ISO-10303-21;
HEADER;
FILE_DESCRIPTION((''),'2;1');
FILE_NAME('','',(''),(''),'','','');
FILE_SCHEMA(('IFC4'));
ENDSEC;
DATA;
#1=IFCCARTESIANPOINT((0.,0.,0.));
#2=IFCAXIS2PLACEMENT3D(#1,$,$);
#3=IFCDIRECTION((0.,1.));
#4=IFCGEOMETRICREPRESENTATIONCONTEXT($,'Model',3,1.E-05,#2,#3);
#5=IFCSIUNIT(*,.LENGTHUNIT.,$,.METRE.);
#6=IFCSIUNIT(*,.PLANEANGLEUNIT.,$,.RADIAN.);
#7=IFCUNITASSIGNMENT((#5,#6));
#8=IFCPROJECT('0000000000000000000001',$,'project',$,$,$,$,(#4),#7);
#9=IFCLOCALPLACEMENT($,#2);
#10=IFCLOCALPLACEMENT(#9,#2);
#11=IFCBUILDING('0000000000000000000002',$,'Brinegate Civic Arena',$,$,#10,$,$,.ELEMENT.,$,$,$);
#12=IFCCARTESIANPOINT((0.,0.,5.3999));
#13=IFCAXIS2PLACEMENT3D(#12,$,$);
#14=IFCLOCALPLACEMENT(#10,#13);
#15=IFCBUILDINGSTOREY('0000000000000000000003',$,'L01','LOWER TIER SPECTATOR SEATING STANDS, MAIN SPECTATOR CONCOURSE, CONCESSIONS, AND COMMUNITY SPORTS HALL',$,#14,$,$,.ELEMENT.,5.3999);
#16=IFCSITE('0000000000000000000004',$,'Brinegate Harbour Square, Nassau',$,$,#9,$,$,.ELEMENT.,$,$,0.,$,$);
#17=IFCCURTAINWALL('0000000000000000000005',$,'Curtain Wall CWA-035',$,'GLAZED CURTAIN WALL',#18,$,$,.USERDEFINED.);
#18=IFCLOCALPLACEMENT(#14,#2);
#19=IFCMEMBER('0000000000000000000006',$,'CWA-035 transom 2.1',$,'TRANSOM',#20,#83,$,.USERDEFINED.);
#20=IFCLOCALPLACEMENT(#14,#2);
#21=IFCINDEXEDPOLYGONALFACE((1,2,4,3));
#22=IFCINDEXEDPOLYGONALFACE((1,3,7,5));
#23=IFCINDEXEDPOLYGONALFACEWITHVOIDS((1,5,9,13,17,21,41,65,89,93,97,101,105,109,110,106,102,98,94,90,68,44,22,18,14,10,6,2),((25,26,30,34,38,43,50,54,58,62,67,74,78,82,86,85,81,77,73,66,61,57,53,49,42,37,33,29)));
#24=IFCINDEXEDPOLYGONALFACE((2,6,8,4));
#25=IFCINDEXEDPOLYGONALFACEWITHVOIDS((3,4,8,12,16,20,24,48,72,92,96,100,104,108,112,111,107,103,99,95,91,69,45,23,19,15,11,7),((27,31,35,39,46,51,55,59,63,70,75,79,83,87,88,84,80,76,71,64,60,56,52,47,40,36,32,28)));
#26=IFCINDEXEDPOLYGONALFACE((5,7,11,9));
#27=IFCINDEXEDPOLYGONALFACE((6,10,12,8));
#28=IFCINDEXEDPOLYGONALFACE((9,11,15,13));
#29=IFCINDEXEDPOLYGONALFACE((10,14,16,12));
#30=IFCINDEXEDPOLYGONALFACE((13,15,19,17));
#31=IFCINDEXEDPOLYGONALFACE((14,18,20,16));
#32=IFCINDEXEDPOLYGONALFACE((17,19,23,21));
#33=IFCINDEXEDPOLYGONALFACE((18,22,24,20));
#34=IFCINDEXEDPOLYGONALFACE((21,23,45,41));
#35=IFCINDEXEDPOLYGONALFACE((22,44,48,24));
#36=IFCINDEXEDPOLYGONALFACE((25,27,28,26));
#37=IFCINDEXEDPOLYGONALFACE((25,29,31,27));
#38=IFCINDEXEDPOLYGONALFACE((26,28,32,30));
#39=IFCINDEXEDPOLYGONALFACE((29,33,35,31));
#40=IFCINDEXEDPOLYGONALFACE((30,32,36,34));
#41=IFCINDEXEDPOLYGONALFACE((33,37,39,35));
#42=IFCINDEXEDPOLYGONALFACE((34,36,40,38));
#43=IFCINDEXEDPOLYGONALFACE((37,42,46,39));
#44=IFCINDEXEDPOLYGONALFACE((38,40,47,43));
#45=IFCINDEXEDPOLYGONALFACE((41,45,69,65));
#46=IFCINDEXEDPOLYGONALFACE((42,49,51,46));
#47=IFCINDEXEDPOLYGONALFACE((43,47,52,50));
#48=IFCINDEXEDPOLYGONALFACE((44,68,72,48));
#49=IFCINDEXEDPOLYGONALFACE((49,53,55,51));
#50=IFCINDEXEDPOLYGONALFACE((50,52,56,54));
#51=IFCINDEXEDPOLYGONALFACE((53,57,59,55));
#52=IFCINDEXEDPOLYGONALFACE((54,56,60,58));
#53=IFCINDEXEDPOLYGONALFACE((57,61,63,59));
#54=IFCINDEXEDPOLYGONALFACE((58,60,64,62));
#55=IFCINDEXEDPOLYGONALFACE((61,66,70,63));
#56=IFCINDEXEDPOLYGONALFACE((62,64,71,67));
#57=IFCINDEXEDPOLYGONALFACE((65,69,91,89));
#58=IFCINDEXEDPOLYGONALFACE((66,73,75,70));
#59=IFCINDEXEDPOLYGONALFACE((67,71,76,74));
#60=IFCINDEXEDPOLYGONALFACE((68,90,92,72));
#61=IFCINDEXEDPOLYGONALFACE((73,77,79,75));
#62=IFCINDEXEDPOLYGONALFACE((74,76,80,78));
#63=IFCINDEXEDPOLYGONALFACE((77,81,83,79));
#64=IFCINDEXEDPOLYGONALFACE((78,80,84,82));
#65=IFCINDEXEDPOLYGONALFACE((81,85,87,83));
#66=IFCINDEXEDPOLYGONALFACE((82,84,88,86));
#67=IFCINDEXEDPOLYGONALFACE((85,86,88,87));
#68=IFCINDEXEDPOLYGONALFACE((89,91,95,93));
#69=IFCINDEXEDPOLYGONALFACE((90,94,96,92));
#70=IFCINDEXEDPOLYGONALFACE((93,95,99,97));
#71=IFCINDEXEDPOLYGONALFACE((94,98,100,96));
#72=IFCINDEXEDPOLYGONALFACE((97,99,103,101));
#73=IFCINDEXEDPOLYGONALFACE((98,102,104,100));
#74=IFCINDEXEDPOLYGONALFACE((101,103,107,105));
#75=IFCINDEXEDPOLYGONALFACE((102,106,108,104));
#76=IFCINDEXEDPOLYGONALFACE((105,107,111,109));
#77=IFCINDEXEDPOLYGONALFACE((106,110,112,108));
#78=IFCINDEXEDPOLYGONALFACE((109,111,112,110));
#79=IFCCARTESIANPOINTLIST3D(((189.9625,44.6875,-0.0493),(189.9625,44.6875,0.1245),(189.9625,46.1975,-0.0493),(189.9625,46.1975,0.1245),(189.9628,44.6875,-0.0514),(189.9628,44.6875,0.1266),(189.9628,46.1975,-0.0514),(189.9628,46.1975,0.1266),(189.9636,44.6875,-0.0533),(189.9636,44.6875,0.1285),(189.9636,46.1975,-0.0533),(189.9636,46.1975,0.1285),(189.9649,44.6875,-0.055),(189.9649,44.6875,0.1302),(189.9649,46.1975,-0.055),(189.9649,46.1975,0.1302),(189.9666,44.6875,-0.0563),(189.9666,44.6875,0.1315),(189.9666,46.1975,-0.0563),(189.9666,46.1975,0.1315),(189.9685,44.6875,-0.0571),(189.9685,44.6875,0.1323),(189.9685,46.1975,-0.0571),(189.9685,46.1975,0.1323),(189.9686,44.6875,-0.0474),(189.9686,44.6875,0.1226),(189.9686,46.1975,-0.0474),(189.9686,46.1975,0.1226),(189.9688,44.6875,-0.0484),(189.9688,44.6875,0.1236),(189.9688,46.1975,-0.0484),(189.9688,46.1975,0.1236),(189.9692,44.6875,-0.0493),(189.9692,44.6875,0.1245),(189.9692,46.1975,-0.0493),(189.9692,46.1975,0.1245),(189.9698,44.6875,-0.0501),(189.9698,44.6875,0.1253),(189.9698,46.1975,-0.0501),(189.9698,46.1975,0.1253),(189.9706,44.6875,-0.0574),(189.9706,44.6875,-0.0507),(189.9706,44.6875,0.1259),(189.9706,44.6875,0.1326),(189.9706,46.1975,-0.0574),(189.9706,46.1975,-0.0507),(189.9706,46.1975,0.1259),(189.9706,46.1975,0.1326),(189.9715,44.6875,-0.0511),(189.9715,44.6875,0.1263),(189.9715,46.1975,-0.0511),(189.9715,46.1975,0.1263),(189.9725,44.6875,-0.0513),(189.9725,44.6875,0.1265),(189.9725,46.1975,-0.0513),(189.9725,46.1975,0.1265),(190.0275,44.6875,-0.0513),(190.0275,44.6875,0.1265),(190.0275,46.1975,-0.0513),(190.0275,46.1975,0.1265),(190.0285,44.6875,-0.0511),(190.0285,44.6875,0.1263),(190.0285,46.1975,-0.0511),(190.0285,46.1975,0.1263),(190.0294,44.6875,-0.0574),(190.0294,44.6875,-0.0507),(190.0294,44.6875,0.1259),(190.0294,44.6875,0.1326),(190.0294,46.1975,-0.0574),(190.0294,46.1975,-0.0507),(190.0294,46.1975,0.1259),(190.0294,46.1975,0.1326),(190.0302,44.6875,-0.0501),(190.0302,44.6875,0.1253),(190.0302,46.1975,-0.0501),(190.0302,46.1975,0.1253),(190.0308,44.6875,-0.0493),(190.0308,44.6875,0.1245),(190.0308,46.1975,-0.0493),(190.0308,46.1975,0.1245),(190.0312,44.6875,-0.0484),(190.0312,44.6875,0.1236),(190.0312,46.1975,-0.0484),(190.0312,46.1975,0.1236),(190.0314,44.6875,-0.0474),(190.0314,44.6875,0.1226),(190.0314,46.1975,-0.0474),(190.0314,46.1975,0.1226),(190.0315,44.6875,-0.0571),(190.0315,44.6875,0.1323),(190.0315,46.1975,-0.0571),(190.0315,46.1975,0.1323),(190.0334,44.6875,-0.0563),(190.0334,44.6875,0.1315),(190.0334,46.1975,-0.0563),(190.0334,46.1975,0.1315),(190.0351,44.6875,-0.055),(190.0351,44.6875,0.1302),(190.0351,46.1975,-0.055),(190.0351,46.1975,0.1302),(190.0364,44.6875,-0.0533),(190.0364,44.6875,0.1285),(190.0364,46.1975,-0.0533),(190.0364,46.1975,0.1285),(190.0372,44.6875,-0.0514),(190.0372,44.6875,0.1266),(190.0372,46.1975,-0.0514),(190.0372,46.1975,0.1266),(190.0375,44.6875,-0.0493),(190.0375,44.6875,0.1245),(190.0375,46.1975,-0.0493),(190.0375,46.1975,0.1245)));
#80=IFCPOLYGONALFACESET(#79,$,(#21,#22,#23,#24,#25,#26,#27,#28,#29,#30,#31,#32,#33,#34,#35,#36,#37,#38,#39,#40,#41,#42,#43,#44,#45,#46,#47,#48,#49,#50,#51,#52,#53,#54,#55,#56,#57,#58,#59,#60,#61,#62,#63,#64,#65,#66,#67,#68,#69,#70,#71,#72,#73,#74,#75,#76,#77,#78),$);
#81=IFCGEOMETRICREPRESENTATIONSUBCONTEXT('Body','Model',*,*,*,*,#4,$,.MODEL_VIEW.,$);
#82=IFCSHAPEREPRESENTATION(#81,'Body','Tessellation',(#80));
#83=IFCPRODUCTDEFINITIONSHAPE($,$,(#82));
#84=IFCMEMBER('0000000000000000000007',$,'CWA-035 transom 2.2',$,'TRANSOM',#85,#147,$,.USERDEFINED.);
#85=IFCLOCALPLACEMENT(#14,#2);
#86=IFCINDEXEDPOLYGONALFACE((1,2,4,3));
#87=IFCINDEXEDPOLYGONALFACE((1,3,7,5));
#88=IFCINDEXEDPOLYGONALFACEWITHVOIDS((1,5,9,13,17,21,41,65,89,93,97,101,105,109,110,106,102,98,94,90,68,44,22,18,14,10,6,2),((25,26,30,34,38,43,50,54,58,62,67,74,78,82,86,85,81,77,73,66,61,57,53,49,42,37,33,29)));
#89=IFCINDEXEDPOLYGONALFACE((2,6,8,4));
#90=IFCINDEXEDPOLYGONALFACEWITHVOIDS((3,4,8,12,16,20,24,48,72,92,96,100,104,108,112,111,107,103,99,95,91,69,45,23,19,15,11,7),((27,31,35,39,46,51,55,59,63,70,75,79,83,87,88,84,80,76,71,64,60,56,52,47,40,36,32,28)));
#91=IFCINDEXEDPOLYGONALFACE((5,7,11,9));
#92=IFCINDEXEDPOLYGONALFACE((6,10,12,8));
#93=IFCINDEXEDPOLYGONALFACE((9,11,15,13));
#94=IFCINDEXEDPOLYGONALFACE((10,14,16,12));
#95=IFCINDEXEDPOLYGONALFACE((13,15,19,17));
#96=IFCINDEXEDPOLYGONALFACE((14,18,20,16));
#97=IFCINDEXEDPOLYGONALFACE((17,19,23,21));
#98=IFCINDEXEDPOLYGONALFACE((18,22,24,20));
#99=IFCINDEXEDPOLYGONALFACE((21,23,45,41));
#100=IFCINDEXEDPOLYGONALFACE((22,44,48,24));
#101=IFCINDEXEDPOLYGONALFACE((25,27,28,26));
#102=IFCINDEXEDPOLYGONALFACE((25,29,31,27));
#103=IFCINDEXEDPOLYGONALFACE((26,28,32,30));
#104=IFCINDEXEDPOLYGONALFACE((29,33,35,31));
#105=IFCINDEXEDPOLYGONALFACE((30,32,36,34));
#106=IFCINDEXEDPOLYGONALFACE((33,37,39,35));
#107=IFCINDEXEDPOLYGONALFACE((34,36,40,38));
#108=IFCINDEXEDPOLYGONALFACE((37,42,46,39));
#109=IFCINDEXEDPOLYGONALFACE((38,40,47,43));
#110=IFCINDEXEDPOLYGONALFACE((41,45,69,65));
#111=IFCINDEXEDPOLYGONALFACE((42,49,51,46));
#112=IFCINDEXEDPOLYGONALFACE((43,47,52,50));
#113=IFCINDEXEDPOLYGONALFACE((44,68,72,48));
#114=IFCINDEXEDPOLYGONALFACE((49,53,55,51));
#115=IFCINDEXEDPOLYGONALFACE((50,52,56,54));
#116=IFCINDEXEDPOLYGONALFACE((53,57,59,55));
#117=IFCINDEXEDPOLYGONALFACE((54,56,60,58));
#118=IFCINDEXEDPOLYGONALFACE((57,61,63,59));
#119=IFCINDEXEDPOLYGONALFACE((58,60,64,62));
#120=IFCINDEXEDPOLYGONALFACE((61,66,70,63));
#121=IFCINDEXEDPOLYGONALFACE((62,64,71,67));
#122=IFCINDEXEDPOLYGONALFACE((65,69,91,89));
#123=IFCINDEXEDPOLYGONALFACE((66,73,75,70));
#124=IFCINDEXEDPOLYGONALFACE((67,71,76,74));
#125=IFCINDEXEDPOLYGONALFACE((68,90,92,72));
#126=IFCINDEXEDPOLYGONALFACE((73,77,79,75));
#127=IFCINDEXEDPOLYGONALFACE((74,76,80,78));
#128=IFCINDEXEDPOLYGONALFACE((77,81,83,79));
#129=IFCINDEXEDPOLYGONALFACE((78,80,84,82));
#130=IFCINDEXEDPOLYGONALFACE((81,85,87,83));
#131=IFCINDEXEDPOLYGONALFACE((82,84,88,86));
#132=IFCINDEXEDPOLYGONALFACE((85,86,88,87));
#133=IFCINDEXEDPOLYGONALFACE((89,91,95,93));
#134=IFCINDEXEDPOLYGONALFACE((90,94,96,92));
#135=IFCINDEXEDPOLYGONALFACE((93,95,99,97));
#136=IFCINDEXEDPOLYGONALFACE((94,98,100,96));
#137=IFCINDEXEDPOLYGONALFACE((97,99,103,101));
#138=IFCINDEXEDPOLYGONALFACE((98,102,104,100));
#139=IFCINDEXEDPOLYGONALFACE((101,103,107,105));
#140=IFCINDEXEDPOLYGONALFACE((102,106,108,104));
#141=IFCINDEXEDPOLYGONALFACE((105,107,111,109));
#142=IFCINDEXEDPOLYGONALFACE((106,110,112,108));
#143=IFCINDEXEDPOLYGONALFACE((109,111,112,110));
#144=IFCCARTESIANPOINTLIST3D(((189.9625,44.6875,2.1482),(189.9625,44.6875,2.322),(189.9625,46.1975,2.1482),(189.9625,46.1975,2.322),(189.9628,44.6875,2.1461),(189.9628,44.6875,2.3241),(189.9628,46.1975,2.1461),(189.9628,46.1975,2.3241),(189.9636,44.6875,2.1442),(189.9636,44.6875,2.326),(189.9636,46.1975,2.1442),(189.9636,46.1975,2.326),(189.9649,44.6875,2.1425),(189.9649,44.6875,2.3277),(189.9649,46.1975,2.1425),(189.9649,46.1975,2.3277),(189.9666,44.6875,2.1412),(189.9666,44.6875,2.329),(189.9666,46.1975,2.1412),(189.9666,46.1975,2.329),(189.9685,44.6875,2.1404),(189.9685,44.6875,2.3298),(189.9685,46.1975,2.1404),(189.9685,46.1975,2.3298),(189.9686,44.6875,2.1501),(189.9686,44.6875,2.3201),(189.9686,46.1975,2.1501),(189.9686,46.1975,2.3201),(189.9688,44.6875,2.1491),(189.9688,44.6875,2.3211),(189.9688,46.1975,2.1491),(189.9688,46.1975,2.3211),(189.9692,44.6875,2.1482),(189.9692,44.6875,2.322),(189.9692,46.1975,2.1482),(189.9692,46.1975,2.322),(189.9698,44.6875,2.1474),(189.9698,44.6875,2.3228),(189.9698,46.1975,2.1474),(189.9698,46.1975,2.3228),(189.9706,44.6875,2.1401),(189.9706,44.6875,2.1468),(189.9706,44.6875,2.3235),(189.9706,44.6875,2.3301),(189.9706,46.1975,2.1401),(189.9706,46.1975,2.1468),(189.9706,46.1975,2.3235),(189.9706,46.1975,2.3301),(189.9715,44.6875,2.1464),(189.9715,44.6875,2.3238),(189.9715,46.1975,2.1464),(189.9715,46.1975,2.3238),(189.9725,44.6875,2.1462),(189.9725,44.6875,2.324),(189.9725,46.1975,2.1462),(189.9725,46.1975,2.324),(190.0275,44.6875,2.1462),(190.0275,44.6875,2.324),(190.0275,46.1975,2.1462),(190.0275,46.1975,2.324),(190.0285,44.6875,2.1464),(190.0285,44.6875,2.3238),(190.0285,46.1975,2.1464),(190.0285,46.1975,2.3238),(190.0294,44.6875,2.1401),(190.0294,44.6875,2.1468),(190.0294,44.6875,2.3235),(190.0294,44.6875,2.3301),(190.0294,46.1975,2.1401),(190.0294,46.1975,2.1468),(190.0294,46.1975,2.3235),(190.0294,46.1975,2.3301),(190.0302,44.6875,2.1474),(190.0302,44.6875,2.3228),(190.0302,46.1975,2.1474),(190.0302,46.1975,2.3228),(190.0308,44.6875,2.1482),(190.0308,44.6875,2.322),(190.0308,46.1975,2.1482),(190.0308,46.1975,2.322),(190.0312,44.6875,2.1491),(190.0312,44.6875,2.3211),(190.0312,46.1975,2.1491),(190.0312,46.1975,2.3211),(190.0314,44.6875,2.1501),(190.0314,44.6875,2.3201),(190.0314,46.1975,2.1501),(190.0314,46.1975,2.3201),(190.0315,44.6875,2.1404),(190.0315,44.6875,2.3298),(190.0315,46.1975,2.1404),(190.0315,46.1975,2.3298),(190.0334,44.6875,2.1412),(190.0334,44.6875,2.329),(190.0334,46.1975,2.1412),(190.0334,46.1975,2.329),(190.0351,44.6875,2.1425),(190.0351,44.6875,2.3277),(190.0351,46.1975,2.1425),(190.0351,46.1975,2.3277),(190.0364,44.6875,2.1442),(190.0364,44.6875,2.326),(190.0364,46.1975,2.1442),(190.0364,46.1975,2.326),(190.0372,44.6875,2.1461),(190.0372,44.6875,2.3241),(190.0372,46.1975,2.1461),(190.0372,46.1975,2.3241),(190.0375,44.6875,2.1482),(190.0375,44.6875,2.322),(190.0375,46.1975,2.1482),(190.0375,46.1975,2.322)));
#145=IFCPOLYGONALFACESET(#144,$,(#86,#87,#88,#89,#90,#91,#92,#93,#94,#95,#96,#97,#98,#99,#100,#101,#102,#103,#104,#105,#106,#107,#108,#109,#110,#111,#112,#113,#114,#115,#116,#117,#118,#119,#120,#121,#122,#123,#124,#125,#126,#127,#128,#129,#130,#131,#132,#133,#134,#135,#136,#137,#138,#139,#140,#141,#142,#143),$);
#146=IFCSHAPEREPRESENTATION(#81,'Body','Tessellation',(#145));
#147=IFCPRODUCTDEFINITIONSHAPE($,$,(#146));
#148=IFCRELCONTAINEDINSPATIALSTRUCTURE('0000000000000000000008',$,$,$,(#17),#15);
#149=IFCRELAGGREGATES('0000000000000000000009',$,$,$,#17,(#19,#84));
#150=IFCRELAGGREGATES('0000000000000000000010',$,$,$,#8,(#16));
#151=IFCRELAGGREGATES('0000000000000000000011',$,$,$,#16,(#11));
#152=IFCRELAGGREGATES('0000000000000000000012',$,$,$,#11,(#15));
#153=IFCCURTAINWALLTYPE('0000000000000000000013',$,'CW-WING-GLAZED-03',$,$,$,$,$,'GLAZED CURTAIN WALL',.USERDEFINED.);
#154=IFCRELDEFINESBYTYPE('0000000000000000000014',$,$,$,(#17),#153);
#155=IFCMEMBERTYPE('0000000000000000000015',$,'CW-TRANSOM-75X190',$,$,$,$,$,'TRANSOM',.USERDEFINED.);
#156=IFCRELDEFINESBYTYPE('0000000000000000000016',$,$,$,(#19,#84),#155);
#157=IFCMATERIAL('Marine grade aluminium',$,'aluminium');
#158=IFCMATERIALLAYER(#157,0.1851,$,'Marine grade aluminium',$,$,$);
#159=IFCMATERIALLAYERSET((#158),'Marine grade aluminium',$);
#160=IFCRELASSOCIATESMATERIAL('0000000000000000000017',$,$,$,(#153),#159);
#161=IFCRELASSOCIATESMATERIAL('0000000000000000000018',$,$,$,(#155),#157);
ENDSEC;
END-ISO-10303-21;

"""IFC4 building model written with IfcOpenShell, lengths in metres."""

from ifc_helpers import new_model, si_unit, direction, frame, origin, origin_2d, place, context, subcontext, project, spatial, hollow_rectangle, extrude, material, layer, layer_set, material_profile, profile_set, type_object, element, aggregate, save


model = new_model("IFC4")

# Units and contexts
model_context = context("Model", 3, precision=1e-05, world=origin(), true_north=direction((0.0, 1.0)))
body_context = subcontext(model_context, "Body", "Model", "MODEL_VIEW")
ifc_project = project(units=[si_unit("LENGTHUNIT", "METRE"), si_unit("PLANEANGLEUNIT", "RADIAN")], contexts=[model_context])

# Site, building, storey
site_placement = place(None, origin())
site = spatial("IfcSite", under=ifc_project, at=site_placement, Name="Brinegate Harbour Square, Nassau", CompositionType="ELEMENT", RefElevation=0.0)
building_placement = place(site_placement, origin())
building = spatial("IfcBuilding", under=site, at=building_placement, Name="Brinegate Civic Arena", CompositionType="ELEMENT")
storey_placement = place(building_placement, frame((0.0, 0.0, 5.3999)))
storey = spatial("IfcBuildingStorey", under=building, at=storey_placement, Name="L01", Description="LOWER TIER SPECTATOR SEATING STANDS, MAIN SPECTATOR CONCOURSE, CONCESSIONS, AND COMMUNITY SPORTS HALL", CompositionType="ELEMENT", Elevation=5.3999)

# Curtain wall, members
ifc_material_1 = material(Name="Marine grade aluminium", Category="aluminium")
ifc_layer_1 = layer(ifc_material_1, 0.1851, Name="Marine grade aluminium")
ifc_layer_set_1 = layer_set([ifc_layer_1], Name="Marine grade aluminium")
curtain_wall_type = type_object("IfcCurtainWallType", Name="CW-WING-GLAZED-03", ElementType="GLAZED CURTAIN WALL", PredefinedType="USERDEFINED", material=ifc_layer_set_1)
curtain_wall_placement = place(storey_placement, origin())
curtain_wall = element("IfcCurtainWall", 1, at=curtain_wall_placement, inside=storey, type_object=curtain_wall_type, Name="Curtain Wall CWA-035", ObjectType="GLAZED CURTAIN WALL", PredefinedType="USERDEFINED")
ifc_material_profile_1 = material_profile(ifc_material_1, hollow_rectangle(XDim=0.075, YDim=0.1899, WallThickness=0.0061, InnerFilletRadius=0.0039, OuterFilletRadius=0.0081, at=origin_2d()), Name="TRN75X190")
ifc_profile_set_1 = profile_set([ifc_material_profile_1], Name="Marine grade aluminium")
member_type_1 = type_object("IfcMemberType", Name="CW-TRANSOM-75X190", ElementType="TRANSOM", PredefinedType="USERDEFINED", material=ifc_profile_set_1)
member_1_placement = place(storey_placement, frame((190.0, 44.6875, 0.0376), z_axis=(0.0, 1.0, 0.0), x_axis=(-1.0, 0.0, 0.0)))
member_1 = element("IfcMember", 2, at=member_1_placement, type_object=member_type_1, Name="CWA-035 transom 2.1", ObjectType="TRANSOM", PredefinedType="USERDEFINED", context=body_context, shape_type="SweptSolid", body=[
    extrude(hollow_rectangle(XDim=0.075, YDim=0.1899, WallThickness=0.0061, InnerFilletRadius=0.0039, OuterFilletRadius=0.0081, at=origin_2d()), origin(), (0.0, 0.0, 1.0), 1.51),
])
member_2_placement = place(storey_placement, frame((190.0, 44.6875, 2.2351), z_axis=(0.0, 1.0, 0.0), x_axis=(-1.0, 0.0, 0.0)))
member_2 = element("IfcMember", 3, at=member_2_placement, type_object=member_type_1, Name="CWA-035 transom 2.2", ObjectType="TRANSOM", PredefinedType="USERDEFINED", context=body_context, shape_type="SweptSolid", body=[
    extrude(hollow_rectangle(XDim=0.075, YDim=0.1899, WallThickness=0.0061, InnerFilletRadius=0.0039, OuterFilletRadius=0.0081, at=origin_2d()), origin(), (0.0, 0.0, 1.0), 1.51),
])
aggregate(curtain_wall, [member_1, member_2])

save(model, "model.ifc")
